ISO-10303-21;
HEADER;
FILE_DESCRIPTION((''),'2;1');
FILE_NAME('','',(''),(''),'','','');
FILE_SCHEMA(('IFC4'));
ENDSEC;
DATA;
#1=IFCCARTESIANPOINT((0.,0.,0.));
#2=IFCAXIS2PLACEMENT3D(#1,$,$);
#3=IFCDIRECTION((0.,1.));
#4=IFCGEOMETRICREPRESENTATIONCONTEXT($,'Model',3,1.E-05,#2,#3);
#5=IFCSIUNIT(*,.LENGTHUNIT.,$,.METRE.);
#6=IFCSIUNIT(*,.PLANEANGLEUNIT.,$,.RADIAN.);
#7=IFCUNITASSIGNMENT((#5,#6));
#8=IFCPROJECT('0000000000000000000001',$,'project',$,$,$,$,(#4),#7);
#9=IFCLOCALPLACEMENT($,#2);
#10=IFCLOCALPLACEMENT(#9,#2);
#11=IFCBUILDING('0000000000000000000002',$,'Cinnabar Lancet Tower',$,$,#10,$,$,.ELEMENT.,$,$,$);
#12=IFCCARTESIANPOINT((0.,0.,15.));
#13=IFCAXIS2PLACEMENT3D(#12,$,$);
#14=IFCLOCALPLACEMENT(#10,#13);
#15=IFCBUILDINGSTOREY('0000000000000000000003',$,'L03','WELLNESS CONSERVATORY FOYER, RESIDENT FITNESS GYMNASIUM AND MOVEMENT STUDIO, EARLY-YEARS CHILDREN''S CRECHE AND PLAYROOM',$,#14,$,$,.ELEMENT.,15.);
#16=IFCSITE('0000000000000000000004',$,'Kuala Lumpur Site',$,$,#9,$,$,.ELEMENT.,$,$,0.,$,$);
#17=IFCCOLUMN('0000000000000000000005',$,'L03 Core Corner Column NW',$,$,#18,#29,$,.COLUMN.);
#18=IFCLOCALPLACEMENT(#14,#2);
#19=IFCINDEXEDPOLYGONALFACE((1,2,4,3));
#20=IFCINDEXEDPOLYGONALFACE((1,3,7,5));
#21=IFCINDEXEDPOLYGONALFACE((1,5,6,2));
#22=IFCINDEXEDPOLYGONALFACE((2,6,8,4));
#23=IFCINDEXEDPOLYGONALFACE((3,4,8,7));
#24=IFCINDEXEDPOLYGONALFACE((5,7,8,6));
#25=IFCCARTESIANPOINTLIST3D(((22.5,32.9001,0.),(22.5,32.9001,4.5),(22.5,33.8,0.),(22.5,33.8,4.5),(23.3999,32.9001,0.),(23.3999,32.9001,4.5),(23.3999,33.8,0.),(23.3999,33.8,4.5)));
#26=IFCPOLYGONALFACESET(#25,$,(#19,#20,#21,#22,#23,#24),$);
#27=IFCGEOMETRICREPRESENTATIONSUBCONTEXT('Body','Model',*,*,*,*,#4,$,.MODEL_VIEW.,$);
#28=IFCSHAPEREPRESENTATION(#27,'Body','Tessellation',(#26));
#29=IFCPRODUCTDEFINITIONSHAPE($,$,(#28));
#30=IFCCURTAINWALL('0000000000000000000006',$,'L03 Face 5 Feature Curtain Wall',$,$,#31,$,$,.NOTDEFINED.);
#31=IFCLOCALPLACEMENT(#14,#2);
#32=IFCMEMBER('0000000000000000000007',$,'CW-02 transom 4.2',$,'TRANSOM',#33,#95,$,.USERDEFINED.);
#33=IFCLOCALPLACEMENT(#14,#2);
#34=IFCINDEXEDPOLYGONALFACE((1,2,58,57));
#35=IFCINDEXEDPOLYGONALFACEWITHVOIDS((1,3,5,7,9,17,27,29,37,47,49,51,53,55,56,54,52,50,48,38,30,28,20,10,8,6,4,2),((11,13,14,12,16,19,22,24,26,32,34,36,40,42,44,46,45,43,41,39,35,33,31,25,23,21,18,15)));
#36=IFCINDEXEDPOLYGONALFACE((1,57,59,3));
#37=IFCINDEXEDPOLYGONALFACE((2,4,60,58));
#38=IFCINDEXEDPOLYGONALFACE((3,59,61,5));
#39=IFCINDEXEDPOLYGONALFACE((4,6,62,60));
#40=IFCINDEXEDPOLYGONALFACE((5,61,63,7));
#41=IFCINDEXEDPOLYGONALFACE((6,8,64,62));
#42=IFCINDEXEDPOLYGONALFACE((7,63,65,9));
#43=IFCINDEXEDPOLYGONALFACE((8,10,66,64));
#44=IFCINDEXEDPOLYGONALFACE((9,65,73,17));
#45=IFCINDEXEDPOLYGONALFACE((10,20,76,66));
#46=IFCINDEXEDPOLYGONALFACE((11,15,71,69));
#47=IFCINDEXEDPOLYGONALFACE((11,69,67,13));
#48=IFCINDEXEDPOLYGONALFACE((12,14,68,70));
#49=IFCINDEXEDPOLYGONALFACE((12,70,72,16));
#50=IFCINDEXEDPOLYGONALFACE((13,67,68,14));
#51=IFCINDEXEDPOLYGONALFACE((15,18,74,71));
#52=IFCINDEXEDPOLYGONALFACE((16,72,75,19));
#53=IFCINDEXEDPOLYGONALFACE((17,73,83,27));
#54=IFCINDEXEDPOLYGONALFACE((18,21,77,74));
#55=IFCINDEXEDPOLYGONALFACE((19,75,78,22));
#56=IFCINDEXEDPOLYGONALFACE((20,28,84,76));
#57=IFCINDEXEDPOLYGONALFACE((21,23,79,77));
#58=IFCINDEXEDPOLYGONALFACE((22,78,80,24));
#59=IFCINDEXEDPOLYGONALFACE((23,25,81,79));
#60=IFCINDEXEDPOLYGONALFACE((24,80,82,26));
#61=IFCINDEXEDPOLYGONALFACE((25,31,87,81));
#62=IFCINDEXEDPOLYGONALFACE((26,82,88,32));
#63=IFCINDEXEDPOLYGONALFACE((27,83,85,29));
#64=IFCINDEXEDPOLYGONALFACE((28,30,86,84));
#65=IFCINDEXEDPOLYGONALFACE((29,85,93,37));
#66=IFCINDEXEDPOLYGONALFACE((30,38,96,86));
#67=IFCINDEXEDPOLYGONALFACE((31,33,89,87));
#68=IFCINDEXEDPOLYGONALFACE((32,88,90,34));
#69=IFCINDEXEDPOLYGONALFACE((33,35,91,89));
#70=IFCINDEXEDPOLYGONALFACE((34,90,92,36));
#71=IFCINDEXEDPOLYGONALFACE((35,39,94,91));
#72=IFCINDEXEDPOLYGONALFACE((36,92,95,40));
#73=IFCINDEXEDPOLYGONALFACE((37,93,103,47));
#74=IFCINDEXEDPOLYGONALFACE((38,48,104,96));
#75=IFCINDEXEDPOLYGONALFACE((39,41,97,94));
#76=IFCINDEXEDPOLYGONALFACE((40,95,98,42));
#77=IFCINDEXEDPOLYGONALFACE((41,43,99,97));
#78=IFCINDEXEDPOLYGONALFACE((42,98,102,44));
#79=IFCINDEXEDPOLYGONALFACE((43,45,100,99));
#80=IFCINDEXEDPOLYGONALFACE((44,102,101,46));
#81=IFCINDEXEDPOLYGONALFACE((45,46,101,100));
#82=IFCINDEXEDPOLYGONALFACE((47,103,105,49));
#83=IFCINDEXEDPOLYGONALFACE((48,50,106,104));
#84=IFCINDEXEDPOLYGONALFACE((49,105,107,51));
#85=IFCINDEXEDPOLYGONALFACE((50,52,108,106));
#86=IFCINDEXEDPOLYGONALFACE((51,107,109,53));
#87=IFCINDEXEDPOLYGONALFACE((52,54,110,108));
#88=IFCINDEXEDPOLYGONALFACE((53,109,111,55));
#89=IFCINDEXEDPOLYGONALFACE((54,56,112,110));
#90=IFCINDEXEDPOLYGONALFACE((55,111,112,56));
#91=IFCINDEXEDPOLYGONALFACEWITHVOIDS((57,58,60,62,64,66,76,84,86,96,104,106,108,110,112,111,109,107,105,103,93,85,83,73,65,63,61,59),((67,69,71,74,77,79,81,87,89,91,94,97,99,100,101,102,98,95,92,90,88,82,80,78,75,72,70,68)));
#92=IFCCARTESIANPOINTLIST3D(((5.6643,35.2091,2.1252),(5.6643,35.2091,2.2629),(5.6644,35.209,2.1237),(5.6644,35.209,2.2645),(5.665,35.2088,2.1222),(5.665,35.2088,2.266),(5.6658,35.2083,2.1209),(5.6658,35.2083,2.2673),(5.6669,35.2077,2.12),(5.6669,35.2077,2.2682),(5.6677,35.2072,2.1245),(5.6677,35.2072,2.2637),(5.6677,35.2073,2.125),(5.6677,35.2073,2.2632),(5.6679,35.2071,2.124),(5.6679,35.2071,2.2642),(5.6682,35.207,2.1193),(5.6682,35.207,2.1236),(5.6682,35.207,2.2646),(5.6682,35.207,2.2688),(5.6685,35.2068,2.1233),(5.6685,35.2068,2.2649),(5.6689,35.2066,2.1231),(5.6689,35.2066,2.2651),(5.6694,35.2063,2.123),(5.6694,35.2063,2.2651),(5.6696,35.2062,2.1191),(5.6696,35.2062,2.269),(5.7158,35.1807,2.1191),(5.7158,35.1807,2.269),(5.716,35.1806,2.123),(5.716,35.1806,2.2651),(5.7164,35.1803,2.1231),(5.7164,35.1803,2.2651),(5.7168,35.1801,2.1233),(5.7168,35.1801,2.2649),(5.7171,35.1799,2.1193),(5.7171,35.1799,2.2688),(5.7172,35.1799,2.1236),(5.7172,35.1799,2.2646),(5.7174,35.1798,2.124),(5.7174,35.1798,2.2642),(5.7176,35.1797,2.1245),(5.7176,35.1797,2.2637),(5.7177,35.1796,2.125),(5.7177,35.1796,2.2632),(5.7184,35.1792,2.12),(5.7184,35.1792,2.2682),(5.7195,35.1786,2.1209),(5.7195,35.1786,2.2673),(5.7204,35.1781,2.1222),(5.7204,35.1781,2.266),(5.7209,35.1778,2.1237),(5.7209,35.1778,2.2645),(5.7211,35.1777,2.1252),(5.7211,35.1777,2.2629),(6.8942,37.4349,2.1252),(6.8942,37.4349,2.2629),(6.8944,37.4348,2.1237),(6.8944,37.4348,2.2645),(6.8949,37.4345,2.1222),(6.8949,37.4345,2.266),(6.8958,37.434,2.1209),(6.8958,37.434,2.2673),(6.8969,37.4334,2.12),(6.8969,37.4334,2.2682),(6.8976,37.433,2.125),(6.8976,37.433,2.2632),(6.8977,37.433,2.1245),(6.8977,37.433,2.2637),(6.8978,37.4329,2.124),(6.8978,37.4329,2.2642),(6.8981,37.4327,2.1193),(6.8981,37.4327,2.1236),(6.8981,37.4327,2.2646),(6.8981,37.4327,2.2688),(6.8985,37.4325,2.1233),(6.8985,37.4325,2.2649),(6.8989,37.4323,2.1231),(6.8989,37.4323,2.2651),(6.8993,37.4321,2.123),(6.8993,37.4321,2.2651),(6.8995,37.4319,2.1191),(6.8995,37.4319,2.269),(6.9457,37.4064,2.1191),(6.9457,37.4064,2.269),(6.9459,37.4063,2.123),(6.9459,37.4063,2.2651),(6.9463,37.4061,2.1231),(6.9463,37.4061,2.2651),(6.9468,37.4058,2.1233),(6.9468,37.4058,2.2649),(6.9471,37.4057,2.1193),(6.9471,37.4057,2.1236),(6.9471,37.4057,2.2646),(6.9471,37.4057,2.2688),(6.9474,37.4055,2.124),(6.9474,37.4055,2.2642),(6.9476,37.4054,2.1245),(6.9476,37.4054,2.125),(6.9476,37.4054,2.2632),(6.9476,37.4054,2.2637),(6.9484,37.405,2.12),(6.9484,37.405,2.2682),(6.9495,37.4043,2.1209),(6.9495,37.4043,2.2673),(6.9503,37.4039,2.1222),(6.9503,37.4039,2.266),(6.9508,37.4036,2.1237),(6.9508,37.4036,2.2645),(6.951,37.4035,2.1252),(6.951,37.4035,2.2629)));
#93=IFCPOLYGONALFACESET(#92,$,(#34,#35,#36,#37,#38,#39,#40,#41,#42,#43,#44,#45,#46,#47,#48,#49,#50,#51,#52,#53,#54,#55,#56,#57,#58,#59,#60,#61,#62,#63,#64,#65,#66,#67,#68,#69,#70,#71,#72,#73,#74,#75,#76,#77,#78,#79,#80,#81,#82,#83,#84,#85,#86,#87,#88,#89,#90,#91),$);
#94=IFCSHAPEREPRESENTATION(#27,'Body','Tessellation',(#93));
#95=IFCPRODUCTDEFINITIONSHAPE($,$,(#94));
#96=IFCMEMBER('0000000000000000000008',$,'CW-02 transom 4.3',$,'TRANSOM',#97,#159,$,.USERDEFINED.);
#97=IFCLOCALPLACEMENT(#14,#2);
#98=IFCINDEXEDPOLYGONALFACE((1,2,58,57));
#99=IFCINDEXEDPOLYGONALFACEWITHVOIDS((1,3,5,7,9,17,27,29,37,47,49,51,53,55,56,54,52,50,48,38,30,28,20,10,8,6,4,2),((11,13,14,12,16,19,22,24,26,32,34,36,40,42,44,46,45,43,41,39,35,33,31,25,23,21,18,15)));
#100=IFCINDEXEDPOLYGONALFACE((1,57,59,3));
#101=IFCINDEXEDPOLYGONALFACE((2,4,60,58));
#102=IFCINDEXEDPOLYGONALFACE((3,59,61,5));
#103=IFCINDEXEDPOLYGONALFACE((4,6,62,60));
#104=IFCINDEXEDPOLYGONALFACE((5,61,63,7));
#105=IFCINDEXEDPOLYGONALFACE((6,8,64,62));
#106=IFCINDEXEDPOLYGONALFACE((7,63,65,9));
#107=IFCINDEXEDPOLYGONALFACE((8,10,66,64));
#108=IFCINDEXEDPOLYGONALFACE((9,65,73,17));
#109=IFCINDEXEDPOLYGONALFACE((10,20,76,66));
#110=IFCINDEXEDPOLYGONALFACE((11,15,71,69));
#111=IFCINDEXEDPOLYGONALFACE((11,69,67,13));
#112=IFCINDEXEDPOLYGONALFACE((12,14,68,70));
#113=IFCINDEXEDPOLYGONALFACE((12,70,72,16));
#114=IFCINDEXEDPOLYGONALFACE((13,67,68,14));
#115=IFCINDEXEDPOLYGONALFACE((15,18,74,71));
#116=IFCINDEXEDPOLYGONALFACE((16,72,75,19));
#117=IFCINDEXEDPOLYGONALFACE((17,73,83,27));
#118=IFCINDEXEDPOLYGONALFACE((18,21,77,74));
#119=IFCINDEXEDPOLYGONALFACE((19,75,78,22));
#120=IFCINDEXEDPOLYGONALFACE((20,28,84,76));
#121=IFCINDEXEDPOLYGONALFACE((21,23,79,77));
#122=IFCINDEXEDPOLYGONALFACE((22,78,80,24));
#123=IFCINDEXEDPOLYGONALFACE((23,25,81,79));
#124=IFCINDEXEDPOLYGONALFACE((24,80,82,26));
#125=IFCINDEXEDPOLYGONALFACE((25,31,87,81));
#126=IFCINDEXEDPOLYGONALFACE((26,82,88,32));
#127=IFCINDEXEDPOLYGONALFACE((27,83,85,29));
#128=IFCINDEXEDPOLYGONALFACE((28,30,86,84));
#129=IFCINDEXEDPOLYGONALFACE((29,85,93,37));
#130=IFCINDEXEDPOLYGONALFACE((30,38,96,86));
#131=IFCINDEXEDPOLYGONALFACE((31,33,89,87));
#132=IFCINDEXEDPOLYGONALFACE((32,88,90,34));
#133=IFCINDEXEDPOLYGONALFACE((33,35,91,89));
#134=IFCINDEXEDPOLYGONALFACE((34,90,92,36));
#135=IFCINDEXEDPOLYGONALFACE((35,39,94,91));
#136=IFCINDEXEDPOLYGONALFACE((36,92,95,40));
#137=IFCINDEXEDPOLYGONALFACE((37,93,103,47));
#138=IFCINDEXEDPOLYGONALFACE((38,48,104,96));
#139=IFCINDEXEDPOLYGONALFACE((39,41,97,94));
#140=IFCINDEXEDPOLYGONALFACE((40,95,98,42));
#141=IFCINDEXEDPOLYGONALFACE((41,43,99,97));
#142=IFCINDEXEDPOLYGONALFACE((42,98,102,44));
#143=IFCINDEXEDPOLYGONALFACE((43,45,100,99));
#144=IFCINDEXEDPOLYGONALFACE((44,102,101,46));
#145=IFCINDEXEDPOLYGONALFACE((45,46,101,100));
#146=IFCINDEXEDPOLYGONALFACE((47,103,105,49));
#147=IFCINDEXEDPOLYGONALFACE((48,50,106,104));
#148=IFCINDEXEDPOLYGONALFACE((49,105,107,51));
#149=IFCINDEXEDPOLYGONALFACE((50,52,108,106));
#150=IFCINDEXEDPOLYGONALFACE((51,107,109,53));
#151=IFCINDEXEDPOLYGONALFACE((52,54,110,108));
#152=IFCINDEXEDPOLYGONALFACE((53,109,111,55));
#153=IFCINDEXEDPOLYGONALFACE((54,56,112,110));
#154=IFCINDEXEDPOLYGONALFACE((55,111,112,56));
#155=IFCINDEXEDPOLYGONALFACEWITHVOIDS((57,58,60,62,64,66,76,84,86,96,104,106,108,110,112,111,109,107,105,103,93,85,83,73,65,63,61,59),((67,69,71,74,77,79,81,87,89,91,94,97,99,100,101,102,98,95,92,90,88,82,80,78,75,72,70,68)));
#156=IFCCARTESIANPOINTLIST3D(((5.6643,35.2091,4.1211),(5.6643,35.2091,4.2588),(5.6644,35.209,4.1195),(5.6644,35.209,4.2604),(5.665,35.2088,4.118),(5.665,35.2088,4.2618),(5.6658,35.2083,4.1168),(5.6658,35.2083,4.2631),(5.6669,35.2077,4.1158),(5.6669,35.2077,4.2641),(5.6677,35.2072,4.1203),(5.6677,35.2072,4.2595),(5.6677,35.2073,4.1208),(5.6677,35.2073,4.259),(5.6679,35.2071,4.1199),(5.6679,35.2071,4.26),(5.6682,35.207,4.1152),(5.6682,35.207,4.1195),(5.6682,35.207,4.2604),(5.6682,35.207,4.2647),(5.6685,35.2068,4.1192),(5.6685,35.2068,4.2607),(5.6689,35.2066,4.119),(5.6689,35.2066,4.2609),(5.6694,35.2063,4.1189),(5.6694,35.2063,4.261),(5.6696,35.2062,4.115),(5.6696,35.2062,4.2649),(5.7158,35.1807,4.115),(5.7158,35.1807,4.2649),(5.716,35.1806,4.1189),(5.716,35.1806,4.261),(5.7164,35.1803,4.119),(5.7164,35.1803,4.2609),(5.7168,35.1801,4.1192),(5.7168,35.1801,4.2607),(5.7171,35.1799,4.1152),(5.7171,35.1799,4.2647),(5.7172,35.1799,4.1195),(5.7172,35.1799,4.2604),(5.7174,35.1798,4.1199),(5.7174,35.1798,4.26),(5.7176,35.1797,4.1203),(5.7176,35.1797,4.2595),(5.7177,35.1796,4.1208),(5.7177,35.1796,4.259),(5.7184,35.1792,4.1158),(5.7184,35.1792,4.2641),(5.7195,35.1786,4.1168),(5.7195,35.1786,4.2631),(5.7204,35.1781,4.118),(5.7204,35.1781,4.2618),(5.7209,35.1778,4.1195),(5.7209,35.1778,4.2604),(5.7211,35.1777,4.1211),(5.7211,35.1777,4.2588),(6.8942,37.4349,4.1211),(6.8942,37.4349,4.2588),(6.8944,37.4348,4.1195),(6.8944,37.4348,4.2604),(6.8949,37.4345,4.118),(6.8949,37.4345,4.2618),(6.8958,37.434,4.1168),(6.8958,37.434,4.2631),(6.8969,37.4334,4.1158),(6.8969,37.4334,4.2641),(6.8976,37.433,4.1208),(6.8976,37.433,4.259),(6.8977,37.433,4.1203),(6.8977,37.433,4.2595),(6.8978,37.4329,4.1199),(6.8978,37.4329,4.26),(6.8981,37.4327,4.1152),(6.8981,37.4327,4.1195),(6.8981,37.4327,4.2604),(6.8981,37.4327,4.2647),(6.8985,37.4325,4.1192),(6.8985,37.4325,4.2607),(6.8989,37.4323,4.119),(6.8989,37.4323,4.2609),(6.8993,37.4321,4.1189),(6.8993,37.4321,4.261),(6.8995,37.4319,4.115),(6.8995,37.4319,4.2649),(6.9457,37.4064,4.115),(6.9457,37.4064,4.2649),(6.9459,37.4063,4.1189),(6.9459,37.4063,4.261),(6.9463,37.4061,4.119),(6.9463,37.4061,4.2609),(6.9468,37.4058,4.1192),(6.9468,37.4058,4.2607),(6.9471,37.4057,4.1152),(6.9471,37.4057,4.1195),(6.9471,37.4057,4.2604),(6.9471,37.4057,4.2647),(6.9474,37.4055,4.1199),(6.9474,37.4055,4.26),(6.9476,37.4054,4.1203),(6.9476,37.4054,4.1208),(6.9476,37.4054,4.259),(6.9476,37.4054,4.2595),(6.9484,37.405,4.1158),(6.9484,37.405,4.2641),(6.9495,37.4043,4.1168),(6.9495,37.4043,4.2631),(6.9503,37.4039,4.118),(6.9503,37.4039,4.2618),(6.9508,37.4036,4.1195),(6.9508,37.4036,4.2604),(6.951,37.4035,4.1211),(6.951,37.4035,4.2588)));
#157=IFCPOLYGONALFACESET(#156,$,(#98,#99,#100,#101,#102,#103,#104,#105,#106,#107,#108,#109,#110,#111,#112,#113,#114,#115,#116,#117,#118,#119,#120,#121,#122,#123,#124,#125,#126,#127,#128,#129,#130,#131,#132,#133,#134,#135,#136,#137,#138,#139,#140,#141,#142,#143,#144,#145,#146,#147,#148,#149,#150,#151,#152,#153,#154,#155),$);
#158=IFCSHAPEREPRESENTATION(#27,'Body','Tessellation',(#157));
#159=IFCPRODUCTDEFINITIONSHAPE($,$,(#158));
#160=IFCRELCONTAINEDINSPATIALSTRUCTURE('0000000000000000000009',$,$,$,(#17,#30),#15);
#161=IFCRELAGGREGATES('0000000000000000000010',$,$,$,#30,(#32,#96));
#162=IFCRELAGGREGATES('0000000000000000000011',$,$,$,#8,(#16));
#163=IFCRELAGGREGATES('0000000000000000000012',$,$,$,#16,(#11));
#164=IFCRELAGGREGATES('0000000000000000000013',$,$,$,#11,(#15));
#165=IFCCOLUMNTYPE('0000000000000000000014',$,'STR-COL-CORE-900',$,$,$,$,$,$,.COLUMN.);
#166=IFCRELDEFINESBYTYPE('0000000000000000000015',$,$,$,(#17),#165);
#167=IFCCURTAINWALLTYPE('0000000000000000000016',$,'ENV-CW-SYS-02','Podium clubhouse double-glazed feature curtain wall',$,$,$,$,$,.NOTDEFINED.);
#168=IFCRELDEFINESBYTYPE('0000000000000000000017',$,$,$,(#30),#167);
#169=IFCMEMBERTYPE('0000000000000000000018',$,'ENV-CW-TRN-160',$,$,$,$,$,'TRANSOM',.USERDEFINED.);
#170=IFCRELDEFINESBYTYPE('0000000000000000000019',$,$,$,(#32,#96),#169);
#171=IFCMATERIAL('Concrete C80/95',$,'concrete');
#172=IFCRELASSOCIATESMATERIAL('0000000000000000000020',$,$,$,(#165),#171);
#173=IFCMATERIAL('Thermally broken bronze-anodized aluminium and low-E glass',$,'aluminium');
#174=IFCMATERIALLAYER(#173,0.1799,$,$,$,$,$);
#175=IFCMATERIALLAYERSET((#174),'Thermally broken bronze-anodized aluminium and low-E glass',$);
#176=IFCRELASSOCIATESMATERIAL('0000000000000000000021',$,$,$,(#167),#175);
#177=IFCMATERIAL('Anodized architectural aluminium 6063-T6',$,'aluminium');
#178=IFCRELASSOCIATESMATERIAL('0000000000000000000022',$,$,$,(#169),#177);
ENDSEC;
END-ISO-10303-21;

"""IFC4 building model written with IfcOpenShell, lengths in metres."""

from ifc_helpers import new_model, si_unit, direction, frame, origin, origin_2d, place, context, subcontext, project, spatial, rectangle, hollow_rectangle, extrude, material, layer, layer_set, material_profile, profile_set, type_object, element, aggregate, save


model = new_model("IFC4")

# Units and contexts
model_context = context("Model", 3, precision=1e-05, world=origin(), true_north=direction((0.0, 1.0)))
body_context = subcontext(model_context, "Body", "Model", "MODEL_VIEW")
ifc_project = project(units=[si_unit("LENGTHUNIT", "METRE"), si_unit("PLANEANGLEUNIT", "RADIAN")], contexts=[model_context])

# Site, building, storey
site_placement = place(None, origin())
site = spatial("IfcSite", under=ifc_project, at=site_placement, Name="Kuala Lumpur Site", CompositionType="ELEMENT", RefElevation=0.0)
building_placement = place(site_placement, origin())
building = spatial("IfcBuilding", under=site, at=building_placement, Name="Cinnabar Lancet Tower", CompositionType="ELEMENT")
storey_placement = place(building_placement, frame((0.0, 0.0, 15.0)))
storey = spatial("IfcBuildingStorey", under=building, at=storey_placement, Name="L03", Description="WELLNESS CONSERVATORY FOYER, RESIDENT FITNESS GYMNASIUM AND MOVEMENT STUDIO, EARLY-YEARS CHILDREN'S CRECHE AND PLAYROOM", CompositionType="ELEMENT", Elevation=15.0)

# Column
ifc_material_1 = material(Name="Concrete C80/95", Category="concrete")
ifc_material_profile_1 = material_profile(ifc_material_1, rectangle(XDim=0.8999, YDim=0.8999, at=origin_2d()), Name="RC-COL 900x900")
ifc_profile_set_1 = profile_set([ifc_material_profile_1], Name="Concrete C80/95")
column_type = type_object("IfcColumnType", Name="STR-COL-CORE-900", PredefinedType="COLUMN", material=ifc_profile_set_1)
column_placement = place(storey_placement, frame((22.95, 33.3501, 0.0), z_axis=(0.0, 0.0, 1.0), x_axis=(1.0, 0.0, 0.0)))
element("IfcColumn", 1, at=column_placement, inside=storey, type_object=column_type, Name="L03 Core Corner Column NW", PredefinedType="COLUMN", context=body_context, shape_type="SweptSolid", body=[
    extrude(rectangle(XDim=0.8999, YDim=0.8999, at=origin_2d()), origin(), (0.0, 0.0, 1.0), 4.5),
])

# Curtain wall, members
ifc_material_2 = material(Name="Thermally broken bronze-anodized aluminium and low-E glass", Category="aluminium")
ifc_layer_1 = layer(ifc_material_2, 0.1799)
ifc_layer_set_1 = layer_set([ifc_layer_1], Name="Thermally broken bronze-anodized aluminium and low-E glass")
curtain_wall_type = type_object("IfcCurtainWallType", Name="ENV-CW-SYS-02", Description="Podium clubhouse double-glazed feature curtain wall", PredefinedType="NOTDEFINED", material=ifc_layer_set_1)
curtain_wall_placement = place(storey_placement, origin())
curtain_wall = element("IfcCurtainWall", 2, at=curtain_wall_placement, inside=storey, type_object=curtain_wall_type, Name="L03 Face 5 Feature Curtain Wall", PredefinedType="NOTDEFINED")
ifc_material_3 = material(Name="Anodized architectural aluminium 6063-T6", Category="aluminium")
ifc_material_profile_2 = material_profile(ifc_material_3, hollow_rectangle(XDim=0.0649, YDim=0.1499, WallThickness=0.0039, InnerFilletRadius=0.002, OuterFilletRadius=0.0061, at=origin_2d()), Name="CW-TRN 150x65x4")
ifc_profile_set_2 = profile_set([ifc_material_profile_2], Name="Anodized architectural aluminium 6063-T6")
member_type = type_object("IfcMemberType", Name="ENV-CW-TRN-160", ElementType="TRANSOM", PredefinedType="USERDEFINED", material=ifc_profile_set_2)
member_1_placement = place(storey_placement, frame((6.9226, 37.4192, 2.1941), z_axis=(-0.483661, -0.875255, 0.0), x_axis=(0.875255, -0.483661, 0.0)))
member_1 = element("IfcMember", 3, at=member_1_placement, type_object=member_type, Name="CW-02 transom 4.2", ObjectType="TRANSOM", PredefinedType="USERDEFINED", context=body_context, shape_type="SweptSolid", body=[
    extrude(hollow_rectangle(XDim=0.0649, YDim=0.1499, WallThickness=0.0039, InnerFilletRadius=0.002, OuterFilletRadius=0.0061, at=origin_2d()), origin(), (0.0, 0.0, 1.0), 2.543),
])
member_2_placement = place(storey_placement, frame((6.9226, 37.4192, 4.1899), z_axis=(-0.483661, -0.875255, 0.0), x_axis=(0.875255, -0.483661, 0.0)))
member_2 = element("IfcMember", 4, at=member_2_placement, type_object=member_type, Name="CW-02 transom 4.3", ObjectType="TRANSOM", PredefinedType="USERDEFINED", context=body_context, shape_type="SweptSolid", body=[
    extrude(hollow_rectangle(XDim=0.0649, YDim=0.1499, WallThickness=0.0039, InnerFilletRadius=0.002, OuterFilletRadius=0.0061, at=origin_2d()), origin(), (0.0, 0.0, 1.0), 2.543),
])
aggregate(curtain_wall, [member_1, member_2])

save(model, "model.ifc")
